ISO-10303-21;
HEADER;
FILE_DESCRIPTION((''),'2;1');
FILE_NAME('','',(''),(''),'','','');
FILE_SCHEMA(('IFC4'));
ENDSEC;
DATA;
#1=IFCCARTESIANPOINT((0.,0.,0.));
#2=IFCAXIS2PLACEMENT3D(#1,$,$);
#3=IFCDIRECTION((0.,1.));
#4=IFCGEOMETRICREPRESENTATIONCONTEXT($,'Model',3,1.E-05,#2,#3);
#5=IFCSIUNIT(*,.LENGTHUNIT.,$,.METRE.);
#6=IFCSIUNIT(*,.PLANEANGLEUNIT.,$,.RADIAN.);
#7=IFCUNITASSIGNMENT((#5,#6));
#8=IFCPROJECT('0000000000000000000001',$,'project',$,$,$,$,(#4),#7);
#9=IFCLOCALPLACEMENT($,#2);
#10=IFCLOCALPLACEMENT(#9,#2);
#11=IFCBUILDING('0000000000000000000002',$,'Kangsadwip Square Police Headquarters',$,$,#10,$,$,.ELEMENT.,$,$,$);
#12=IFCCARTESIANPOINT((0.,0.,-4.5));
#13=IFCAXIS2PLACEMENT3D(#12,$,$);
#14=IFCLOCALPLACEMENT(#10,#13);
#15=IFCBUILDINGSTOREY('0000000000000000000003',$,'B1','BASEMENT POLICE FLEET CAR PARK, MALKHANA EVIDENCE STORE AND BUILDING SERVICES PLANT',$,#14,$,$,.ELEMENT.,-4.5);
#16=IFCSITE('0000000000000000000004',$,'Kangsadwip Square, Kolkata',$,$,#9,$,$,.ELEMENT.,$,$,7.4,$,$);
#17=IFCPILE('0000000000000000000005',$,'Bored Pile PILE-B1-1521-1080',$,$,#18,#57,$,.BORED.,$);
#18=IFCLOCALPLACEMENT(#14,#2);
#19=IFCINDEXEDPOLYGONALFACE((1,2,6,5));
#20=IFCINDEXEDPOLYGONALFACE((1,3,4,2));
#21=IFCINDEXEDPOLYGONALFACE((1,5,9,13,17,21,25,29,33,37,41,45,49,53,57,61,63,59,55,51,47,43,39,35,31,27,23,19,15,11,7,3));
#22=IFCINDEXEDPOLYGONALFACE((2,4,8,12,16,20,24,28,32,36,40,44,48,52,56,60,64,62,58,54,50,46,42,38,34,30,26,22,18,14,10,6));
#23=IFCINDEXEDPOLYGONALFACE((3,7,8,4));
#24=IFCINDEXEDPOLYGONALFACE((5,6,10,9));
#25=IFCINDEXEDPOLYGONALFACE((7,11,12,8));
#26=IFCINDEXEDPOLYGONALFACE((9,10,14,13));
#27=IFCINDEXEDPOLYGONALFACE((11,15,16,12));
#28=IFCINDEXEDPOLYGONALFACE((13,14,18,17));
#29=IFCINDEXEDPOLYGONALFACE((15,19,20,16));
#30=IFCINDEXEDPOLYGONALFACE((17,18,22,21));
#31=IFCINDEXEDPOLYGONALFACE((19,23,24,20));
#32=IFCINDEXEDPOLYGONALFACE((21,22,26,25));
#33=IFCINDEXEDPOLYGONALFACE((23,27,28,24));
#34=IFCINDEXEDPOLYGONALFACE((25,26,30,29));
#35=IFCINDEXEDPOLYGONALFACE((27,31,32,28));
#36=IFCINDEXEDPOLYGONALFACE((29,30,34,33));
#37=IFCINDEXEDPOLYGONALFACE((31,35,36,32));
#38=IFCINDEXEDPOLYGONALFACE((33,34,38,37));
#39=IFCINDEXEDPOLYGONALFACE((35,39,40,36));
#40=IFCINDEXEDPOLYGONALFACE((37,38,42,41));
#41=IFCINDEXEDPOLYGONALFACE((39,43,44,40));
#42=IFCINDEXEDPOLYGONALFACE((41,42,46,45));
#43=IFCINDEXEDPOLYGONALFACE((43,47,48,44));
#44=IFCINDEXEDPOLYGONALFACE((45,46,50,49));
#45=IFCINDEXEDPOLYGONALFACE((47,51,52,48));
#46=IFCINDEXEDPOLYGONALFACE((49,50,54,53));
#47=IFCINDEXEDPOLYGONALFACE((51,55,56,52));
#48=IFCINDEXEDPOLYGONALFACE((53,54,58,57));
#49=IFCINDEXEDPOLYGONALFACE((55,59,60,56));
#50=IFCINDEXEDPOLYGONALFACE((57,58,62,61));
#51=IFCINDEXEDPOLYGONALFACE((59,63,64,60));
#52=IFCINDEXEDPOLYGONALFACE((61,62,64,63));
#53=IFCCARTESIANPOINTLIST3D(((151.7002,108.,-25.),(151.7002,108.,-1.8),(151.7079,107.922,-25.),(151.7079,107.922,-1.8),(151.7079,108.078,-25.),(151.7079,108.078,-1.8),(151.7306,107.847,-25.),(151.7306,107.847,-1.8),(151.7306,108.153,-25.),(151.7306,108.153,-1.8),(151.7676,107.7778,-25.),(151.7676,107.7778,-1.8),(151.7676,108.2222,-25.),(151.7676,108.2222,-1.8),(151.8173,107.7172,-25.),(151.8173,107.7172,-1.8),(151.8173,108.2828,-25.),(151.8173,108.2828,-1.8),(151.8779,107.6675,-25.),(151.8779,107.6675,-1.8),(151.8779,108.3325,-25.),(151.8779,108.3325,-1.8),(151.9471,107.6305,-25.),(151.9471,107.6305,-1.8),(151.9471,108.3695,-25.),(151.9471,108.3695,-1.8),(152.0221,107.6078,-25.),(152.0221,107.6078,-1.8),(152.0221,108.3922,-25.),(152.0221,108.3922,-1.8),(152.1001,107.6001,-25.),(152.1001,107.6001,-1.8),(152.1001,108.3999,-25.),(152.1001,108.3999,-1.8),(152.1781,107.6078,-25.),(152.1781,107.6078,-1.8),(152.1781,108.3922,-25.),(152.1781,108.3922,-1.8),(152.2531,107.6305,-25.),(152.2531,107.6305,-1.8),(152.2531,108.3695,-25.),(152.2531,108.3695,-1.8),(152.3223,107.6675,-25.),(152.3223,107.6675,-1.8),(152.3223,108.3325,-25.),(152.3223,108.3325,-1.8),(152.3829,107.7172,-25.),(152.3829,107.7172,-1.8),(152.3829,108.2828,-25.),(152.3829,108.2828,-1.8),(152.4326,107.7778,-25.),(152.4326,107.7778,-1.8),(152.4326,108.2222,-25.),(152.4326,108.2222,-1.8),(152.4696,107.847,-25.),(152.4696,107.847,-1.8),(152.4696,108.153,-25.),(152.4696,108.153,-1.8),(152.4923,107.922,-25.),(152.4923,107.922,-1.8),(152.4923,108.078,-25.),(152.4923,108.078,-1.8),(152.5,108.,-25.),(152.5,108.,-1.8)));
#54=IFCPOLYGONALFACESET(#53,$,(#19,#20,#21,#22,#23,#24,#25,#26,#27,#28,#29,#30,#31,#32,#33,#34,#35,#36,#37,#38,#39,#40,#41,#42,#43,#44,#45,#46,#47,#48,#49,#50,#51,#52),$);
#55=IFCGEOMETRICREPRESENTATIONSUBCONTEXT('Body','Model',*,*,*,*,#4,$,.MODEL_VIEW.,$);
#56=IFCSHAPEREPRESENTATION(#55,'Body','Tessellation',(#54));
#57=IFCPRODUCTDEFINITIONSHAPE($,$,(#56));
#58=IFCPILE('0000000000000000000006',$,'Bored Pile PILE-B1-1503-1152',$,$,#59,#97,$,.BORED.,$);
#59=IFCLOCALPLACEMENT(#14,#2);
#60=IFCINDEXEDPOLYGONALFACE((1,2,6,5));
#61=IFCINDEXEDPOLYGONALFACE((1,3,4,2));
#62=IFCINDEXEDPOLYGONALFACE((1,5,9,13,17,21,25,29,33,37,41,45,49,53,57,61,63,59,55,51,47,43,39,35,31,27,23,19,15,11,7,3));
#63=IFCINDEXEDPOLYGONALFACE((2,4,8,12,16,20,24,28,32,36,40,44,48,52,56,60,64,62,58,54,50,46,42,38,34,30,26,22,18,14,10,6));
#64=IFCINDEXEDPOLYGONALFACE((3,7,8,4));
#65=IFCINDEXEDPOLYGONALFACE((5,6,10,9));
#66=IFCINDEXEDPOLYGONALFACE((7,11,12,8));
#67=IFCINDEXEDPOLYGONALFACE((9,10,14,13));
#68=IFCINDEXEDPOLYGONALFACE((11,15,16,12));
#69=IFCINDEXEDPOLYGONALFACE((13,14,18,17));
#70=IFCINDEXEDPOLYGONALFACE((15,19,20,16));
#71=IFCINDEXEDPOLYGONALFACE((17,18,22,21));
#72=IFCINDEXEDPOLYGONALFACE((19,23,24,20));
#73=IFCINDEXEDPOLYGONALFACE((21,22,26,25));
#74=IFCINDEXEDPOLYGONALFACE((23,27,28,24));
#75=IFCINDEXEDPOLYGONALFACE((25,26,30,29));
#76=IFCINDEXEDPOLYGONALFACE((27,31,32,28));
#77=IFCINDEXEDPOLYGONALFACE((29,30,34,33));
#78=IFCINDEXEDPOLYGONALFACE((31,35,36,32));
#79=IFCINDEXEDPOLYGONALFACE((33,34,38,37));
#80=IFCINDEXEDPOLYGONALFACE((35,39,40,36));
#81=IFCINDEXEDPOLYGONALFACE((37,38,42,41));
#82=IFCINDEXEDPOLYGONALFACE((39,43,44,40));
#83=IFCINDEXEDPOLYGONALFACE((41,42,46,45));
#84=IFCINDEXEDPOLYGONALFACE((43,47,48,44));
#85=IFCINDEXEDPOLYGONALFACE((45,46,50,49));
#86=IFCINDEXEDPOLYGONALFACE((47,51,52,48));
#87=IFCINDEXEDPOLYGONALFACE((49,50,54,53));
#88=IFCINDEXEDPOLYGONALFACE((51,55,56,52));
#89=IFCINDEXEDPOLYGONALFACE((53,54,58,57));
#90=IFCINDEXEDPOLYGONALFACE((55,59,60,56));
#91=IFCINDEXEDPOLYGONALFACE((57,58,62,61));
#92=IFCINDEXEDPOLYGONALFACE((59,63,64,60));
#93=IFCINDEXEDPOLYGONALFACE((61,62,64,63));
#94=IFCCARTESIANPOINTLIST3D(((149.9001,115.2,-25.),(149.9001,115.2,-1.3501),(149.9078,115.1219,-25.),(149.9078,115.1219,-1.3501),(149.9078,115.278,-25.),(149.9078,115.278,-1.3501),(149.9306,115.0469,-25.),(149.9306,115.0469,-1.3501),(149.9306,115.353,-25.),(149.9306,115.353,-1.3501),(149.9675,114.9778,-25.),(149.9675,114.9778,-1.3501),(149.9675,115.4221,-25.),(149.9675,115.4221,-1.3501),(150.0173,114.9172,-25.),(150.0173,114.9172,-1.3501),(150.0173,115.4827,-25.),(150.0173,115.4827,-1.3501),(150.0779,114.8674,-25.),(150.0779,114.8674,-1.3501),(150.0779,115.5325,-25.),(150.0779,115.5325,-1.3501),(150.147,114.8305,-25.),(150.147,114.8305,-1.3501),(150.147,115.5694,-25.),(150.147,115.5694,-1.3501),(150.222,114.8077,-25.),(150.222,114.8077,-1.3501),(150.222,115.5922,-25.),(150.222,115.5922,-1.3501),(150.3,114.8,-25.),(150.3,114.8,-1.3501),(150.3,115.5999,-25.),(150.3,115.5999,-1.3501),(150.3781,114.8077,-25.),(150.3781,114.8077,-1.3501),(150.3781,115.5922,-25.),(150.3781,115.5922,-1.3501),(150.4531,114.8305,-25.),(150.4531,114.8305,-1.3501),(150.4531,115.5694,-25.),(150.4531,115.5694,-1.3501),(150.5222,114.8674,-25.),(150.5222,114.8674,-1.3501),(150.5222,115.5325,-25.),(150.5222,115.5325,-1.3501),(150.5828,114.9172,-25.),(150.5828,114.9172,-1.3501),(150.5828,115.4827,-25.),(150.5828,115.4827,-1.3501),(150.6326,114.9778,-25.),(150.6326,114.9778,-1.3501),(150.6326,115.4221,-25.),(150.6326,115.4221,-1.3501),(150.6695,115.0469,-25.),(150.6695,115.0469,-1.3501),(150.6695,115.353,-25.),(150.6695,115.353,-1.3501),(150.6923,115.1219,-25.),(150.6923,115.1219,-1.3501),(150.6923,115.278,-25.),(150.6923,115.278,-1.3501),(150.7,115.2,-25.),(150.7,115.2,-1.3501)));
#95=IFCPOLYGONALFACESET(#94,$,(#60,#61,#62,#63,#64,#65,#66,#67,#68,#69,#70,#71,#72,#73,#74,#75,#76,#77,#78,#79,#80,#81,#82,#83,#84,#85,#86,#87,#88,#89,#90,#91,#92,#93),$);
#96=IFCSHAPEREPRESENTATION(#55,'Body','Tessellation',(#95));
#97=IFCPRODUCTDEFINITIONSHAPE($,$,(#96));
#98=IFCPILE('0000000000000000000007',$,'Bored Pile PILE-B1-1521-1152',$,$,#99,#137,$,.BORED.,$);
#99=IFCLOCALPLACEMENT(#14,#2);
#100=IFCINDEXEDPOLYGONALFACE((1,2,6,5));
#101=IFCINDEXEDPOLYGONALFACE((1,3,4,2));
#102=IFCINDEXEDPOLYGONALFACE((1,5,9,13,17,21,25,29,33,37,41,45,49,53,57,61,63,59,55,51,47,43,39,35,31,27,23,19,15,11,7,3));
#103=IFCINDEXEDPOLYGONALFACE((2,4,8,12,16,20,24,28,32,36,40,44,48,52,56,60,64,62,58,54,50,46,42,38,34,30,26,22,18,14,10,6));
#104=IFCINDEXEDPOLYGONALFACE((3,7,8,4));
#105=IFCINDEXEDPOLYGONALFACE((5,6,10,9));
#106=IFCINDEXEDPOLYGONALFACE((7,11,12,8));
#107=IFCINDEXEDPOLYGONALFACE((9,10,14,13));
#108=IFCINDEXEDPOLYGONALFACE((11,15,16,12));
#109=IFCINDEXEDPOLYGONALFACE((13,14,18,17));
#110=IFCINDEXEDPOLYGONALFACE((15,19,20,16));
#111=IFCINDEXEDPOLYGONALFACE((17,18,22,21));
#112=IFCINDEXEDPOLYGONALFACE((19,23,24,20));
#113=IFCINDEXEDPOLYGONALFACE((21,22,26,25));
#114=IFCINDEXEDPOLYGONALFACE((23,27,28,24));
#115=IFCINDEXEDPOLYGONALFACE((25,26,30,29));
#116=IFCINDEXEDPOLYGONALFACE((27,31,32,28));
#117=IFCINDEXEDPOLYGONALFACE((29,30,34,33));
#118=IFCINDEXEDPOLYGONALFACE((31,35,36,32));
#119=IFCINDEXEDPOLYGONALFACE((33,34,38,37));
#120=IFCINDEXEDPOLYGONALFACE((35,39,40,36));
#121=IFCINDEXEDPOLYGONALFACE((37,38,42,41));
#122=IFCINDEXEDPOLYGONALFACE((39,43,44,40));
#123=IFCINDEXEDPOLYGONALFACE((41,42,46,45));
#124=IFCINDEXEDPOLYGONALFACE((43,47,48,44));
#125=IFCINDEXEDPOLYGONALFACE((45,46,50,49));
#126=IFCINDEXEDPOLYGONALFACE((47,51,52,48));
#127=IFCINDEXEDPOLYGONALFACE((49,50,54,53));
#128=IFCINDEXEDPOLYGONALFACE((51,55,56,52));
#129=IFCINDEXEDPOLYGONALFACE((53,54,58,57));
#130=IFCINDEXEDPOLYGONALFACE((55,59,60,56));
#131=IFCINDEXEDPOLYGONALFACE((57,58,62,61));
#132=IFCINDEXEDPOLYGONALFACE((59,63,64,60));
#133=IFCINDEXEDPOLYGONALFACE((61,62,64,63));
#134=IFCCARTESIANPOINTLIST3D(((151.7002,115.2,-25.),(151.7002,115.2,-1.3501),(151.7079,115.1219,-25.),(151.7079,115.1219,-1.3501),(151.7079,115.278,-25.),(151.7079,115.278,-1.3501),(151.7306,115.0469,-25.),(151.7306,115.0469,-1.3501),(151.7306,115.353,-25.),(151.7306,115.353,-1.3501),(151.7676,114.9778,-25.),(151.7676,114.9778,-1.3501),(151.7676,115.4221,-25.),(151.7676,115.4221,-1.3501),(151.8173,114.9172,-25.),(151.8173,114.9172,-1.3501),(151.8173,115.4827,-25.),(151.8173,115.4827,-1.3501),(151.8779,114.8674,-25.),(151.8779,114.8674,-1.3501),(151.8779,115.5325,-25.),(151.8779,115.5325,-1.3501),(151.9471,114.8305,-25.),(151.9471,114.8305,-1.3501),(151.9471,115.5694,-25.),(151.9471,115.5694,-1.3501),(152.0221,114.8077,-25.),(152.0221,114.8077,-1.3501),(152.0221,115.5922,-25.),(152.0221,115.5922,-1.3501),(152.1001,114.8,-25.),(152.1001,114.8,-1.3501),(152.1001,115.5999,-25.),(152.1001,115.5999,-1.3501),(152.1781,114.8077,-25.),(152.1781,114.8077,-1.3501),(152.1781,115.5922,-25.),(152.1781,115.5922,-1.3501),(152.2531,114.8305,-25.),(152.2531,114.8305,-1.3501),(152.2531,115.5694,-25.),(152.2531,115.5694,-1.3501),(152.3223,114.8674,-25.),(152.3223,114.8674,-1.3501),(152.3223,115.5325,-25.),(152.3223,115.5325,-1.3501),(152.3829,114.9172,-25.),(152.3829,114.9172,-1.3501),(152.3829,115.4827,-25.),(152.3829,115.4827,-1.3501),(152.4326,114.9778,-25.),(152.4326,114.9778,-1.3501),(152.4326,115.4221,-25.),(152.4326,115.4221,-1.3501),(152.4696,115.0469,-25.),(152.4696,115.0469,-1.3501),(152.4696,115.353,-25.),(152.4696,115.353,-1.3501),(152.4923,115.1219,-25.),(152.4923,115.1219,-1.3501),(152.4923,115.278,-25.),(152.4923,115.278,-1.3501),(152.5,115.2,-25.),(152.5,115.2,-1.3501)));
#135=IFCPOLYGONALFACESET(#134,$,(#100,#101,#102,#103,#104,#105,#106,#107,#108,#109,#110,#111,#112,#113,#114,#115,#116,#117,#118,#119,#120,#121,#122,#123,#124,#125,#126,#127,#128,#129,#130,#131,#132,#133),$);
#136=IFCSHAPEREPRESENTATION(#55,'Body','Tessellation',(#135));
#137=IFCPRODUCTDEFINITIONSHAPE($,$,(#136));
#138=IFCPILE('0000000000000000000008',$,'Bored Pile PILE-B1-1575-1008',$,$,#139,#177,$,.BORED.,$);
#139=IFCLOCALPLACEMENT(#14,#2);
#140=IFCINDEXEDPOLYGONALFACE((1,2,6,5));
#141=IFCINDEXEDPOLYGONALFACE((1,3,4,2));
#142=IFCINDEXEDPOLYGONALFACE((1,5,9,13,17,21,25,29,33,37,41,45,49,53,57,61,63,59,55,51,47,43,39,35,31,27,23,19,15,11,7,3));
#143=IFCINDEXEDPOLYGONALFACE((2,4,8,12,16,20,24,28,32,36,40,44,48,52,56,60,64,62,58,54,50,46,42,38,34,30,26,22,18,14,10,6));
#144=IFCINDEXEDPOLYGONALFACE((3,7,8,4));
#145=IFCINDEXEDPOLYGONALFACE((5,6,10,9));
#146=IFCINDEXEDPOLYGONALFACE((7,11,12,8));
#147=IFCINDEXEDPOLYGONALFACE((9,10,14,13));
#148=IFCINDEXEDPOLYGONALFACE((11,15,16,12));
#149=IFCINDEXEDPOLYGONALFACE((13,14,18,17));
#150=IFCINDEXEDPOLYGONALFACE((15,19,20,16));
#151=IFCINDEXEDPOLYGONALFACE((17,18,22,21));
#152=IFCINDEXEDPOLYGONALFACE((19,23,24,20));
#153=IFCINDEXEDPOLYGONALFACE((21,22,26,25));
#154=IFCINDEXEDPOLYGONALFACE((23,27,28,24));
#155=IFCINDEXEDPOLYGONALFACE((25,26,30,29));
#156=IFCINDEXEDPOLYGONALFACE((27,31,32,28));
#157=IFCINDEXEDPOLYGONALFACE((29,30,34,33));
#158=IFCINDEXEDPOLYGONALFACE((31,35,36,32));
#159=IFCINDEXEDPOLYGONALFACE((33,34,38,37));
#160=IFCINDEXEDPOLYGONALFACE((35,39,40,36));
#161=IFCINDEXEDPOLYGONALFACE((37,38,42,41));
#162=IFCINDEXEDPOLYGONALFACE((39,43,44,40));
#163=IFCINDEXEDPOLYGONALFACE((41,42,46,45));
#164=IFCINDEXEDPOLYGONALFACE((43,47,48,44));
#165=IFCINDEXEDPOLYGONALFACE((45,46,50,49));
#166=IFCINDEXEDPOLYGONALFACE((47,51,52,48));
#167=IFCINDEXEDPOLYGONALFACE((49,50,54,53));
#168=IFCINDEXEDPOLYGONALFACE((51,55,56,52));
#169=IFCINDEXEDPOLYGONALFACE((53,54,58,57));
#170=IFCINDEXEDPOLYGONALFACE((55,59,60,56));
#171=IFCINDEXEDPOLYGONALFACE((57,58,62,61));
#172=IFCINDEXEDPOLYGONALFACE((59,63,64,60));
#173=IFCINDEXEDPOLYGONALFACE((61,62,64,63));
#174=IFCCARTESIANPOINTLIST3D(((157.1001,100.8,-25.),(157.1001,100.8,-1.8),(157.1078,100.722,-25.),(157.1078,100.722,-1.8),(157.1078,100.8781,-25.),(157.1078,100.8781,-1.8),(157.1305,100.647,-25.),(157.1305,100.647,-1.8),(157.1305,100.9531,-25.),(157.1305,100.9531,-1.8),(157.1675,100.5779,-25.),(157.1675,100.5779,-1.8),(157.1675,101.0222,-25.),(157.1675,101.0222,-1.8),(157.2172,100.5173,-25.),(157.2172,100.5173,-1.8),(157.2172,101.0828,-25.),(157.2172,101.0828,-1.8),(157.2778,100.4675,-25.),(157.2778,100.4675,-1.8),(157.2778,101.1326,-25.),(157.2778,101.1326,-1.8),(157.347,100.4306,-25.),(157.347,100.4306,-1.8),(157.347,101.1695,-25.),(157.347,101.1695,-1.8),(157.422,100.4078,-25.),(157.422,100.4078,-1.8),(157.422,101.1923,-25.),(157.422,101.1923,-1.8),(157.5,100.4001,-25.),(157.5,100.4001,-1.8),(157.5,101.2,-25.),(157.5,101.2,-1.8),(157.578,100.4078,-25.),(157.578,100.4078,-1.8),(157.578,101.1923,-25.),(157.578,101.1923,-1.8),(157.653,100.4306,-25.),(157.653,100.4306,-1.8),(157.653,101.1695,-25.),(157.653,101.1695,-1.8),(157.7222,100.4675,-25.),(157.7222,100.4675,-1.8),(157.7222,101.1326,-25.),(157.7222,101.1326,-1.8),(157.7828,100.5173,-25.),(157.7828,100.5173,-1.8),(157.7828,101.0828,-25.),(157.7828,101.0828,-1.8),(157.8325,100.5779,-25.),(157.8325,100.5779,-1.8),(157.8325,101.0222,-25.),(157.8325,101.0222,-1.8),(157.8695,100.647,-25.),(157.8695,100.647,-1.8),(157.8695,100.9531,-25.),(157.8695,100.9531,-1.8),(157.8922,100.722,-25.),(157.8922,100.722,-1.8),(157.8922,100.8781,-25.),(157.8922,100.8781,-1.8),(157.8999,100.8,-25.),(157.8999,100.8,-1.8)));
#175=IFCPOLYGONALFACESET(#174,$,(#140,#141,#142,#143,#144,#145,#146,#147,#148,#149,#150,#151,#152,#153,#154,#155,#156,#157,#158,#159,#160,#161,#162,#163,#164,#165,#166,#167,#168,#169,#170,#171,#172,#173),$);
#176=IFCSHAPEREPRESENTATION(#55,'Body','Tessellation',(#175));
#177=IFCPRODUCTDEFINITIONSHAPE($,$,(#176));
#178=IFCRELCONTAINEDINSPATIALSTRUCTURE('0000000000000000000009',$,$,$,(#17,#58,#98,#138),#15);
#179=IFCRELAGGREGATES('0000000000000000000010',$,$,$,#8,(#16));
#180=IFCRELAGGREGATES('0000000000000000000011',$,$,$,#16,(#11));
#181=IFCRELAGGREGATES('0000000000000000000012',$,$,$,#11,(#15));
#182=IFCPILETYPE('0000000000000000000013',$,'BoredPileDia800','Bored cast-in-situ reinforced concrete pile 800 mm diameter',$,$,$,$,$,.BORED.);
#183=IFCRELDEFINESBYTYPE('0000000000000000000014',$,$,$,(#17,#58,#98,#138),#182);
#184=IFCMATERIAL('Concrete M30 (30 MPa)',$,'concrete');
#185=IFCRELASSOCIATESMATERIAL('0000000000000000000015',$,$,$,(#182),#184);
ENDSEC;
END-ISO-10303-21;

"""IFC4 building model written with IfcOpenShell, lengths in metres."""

from ifc_helpers import new_model, si_unit, direction, frame, origin, origin_2d, place, context, subcontext, project, spatial, circle, extrude, material, material_profile, profile_set, type_object, element, save


model = new_model("IFC4")

# Units and contexts
model_context = context("Model", 3, precision=1e-05, world=origin(), true_north=direction((0.0, 1.0)))
body_context = subcontext(model_context, "Body", "Model", "MODEL_VIEW")
ifc_project = project(units=[si_unit("LENGTHUNIT", "METRE"), si_unit("PLANEANGLEUNIT", "RADIAN")], contexts=[model_context])

# Site, building, storey
site_placement = place(None, origin())
site = spatial("IfcSite", under=ifc_project, at=site_placement, Name="Kangsadwip Square, Kolkata", CompositionType="ELEMENT", RefElevation=7.4)
building_placement = place(site_placement, origin())
building = spatial("IfcBuilding", under=site, at=building_placement, Name="Kangsadwip Square Police Headquarters", CompositionType="ELEMENT")
storey_placement = place(building_placement, frame((0.0, 0.0, -4.5)))
storey = spatial("IfcBuildingStorey", under=building, at=storey_placement, Name="B1", Description="BASEMENT POLICE FLEET CAR PARK, MALKHANA EVIDENCE STORE AND BUILDING SERVICES PLANT", CompositionType="ELEMENT", Elevation=-4.5)

# Piles
ifc_material_1 = material(Name="Concrete M30 (30 MPa)", Category="concrete")
ifc_material_profile_1 = material_profile(ifc_material_1, circle(Radius=0.3999, at=origin_2d()), Name="PILE DIA 800")
ifc_profile_set_1 = profile_set([ifc_material_profile_1], Name="Concrete M30 (30 MPa)")
pile_type = type_object("IfcPileType", Name="BoredPileDia800", Description="Bored cast-in-situ reinforced concrete pile 800 mm diameter", PredefinedType="BORED", material=ifc_profile_set_1)
for number, where, z_axis, x_axis, name in (
    (1, (152.1001, 108.0, -1.8), (0.0, 0.0, -1.0), (1.0, 0.0, 0.0), "Bored Pile PILE-B1-1521-1080"),
):
    element("IfcPile", number, at=place(storey_placement, frame(where, z_axis=z_axis, x_axis=x_axis)), inside=storey, type_object=pile_type, Name=name, PredefinedType="BORED", context=body_context, shape_type="SweptSolid", body=[
        extrude(circle(Radius=0.3999, at=origin_2d()), origin(), (0.0, 0.0, 1.0), 23.2),
    ])
for number, where, z_axis, x_axis, name in (
    (2, (150.3, 115.2, -1.3501), (0.0, 0.0, -1.0), (1.0, 0.0, 0.0), "Bored Pile PILE-B1-1503-1152"),
    (3, (152.1001, 115.2, -1.3501), (0.0, 0.0, -1.0), (1.0, 0.0, 0.0), "Bored Pile PILE-B1-1521-1152"),
):
    element("IfcPile", number, at=place(storey_placement, frame(where, z_axis=z_axis, x_axis=x_axis)), inside=storey, type_object=pile_type, Name=name, PredefinedType="BORED", context=body_context, shape_type="SweptSolid", body=[
        extrude(circle(Radius=0.3999, at=origin_2d()), origin(), (0.0, 0.0, 1.0), 23.6499),
    ])
for number, where, z_axis, x_axis, name in (
    (4, (157.5, 100.8, -1.8), (0.0, 0.0, -1.0), (1.0, 0.0, 0.0), "Bored Pile PILE-B1-1575-1008"),
):
    element("IfcPile", number, at=place(storey_placement, frame(where, z_axis=z_axis, x_axis=x_axis)), inside=storey, type_object=pile_type, Name=name, PredefinedType="BORED", context=body_context, shape_type="SweptSolid", body=[
        extrude(circle(Radius=0.3999, at=origin_2d()), origin(), (0.0, 0.0, 1.0), 23.2),
    ])

save(model, "model.ifc")
